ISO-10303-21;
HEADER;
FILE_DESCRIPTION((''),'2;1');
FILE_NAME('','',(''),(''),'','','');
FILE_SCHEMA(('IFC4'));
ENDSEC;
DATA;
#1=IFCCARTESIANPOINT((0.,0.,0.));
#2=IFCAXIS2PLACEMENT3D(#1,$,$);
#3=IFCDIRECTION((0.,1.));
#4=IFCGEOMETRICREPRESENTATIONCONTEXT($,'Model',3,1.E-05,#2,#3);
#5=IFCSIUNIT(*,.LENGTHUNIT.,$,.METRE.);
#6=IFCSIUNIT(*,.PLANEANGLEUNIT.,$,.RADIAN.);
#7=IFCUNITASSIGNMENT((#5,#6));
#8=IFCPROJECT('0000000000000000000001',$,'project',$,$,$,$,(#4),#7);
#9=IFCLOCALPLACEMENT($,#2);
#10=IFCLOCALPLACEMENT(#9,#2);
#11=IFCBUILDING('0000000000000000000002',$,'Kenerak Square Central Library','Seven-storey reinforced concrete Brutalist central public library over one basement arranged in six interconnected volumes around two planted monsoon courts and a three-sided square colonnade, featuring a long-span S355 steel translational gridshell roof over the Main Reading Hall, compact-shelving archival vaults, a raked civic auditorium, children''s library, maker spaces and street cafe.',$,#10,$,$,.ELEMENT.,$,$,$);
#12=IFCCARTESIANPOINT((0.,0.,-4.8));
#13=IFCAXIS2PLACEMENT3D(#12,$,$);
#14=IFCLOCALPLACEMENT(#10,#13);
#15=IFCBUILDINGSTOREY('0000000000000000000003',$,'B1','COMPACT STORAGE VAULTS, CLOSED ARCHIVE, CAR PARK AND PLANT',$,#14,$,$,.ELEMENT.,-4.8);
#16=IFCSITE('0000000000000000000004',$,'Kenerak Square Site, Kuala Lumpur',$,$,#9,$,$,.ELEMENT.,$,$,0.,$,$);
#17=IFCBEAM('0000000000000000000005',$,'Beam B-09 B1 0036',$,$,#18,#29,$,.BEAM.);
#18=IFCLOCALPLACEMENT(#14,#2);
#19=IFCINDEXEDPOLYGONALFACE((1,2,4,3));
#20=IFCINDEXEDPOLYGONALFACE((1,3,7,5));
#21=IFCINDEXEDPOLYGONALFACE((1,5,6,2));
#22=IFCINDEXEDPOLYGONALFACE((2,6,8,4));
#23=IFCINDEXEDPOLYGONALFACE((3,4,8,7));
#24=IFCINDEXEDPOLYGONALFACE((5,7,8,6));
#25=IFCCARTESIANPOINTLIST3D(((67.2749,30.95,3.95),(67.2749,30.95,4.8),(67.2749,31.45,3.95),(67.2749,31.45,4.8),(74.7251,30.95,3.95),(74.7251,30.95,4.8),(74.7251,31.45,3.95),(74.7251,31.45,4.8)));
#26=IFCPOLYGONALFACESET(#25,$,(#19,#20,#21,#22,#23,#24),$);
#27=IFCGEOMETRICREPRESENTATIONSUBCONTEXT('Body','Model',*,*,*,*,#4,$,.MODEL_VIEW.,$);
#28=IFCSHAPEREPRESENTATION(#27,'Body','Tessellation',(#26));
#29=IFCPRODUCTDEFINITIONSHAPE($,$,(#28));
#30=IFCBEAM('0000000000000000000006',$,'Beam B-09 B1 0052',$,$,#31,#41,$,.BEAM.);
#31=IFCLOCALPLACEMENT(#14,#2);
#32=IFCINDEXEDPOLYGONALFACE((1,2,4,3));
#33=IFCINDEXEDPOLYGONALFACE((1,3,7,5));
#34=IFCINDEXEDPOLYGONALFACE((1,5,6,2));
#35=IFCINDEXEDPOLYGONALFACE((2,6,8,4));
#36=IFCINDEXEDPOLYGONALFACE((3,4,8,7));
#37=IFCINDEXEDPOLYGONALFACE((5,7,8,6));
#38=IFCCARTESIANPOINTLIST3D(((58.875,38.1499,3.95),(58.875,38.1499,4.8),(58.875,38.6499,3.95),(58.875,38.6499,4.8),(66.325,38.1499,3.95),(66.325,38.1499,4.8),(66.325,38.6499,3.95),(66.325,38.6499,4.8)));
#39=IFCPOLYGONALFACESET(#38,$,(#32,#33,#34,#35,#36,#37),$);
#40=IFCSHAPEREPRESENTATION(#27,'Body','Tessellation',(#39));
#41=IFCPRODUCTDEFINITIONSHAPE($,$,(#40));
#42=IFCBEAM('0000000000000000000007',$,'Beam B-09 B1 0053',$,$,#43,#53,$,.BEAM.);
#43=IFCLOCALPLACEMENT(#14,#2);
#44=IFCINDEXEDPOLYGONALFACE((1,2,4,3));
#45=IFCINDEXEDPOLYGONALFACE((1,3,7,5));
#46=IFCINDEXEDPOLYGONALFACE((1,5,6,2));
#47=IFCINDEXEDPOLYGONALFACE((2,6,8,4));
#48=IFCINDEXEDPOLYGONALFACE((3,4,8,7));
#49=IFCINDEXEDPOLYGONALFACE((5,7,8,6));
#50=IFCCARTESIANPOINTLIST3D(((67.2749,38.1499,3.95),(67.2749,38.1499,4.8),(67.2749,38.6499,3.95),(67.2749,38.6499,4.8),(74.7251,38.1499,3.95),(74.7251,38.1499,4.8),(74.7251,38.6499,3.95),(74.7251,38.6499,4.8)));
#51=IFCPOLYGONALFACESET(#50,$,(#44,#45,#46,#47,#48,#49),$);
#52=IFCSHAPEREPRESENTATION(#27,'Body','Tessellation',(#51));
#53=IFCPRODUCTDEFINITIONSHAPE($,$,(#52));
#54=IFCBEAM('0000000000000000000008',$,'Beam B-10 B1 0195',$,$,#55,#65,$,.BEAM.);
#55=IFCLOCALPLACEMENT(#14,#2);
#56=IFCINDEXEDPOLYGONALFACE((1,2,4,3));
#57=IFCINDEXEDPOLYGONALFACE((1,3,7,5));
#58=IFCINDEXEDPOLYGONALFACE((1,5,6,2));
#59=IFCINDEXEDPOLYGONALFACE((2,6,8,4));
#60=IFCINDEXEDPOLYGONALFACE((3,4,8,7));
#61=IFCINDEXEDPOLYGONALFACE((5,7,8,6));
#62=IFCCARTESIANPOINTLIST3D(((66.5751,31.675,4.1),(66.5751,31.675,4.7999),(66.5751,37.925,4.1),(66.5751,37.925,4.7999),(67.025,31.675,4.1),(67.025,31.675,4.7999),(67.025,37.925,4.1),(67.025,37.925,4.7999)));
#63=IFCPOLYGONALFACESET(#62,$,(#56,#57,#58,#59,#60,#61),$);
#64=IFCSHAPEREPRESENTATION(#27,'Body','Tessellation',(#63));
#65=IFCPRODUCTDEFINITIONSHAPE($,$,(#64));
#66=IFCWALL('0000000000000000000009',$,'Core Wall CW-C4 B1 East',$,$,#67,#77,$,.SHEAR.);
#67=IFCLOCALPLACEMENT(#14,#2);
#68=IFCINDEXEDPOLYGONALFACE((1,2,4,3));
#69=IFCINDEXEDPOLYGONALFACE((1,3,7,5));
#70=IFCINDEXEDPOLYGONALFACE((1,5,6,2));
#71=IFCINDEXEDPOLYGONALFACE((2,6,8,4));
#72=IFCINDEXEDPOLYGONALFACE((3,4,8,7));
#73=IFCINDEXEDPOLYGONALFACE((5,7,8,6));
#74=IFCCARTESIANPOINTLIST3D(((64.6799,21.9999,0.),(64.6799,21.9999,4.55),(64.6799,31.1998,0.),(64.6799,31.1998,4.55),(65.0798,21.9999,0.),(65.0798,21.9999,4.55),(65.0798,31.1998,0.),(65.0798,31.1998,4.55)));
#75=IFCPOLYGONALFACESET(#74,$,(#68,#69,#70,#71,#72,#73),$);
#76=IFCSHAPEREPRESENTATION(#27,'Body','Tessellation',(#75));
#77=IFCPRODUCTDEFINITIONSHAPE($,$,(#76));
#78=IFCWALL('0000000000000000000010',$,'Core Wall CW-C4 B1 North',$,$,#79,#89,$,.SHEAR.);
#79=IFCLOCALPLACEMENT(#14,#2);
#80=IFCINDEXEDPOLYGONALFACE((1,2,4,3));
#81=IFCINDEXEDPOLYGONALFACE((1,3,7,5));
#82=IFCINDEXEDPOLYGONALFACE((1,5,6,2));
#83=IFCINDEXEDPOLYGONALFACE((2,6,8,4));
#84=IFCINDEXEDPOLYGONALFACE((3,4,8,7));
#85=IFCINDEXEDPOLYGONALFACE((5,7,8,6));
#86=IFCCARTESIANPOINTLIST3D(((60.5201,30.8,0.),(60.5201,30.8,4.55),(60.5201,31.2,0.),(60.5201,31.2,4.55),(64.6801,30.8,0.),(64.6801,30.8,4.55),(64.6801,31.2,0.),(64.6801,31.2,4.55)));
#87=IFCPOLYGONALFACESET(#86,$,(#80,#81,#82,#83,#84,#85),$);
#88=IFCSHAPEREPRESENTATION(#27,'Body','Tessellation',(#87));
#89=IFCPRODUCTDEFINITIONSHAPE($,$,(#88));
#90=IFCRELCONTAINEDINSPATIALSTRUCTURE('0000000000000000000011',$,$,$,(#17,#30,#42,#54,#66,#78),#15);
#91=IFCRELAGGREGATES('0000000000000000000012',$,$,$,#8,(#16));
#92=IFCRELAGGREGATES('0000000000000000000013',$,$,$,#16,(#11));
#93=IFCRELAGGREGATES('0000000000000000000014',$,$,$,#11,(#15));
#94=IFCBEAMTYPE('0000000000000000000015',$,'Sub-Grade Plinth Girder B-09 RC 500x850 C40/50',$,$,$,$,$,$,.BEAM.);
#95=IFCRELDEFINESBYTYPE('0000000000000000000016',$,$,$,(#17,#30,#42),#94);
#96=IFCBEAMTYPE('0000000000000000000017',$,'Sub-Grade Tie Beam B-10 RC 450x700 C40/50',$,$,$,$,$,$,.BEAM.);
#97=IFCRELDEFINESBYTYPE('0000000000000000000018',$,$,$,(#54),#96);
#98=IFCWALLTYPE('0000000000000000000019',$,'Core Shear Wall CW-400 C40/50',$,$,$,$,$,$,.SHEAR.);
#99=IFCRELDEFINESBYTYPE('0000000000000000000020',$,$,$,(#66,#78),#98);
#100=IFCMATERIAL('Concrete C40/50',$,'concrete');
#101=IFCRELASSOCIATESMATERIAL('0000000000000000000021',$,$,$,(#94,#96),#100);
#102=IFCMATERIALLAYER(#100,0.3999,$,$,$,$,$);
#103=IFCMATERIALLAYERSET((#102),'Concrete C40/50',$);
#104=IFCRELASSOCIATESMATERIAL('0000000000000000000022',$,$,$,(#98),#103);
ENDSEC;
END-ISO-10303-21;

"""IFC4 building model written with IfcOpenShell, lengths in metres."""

from ifc_helpers import new_model, si_unit, direction, frame, frame_2d, origin, origin_2d, place, context, subcontext, project, spatial, rectangle, extrude, material, layer, layer_set, material_profile, profile_set, type_object, element, save


model = new_model("IFC4")

# Units and contexts
model_context = context("Model", 3, precision=1e-05, world=origin(), true_north=direction((0.0, 1.0)))
body_context = subcontext(model_context, "Body", "Model", "MODEL_VIEW")
ifc_project = project(units=[si_unit("LENGTHUNIT", "METRE"), si_unit("PLANEANGLEUNIT", "RADIAN")], contexts=[model_context])

# Site, building, storey
site_placement = place(None, origin())
site = spatial("IfcSite", under=ifc_project, at=site_placement, Name="Kenerak Square Site, Kuala Lumpur", CompositionType="ELEMENT", RefElevation=0.0)
building_placement = place(site_placement, origin())
building = spatial("IfcBuilding", under=site, at=building_placement, Name="Kenerak Square Central Library", Description="Seven-storey reinforced concrete Brutalist central public library over one basement arranged in six interconnected volumes around two planted monsoon courts and a three-sided square colonnade, featuring a long-span S355 steel translational gridshell roof over the Main Reading Hall, compact-shelving archival vaults, a raked civic auditorium, children's library, maker spaces and street cafe.", CompositionType="ELEMENT")
storey_placement = place(building_placement, frame((0.0, 0.0, -4.8)))
storey = spatial("IfcBuildingStorey", under=building, at=storey_placement, Name="B1", Description="COMPACT STORAGE VAULTS, CLOSED ARCHIVE, CAR PARK AND PLANT", CompositionType="ELEMENT", Elevation=-4.8)

# Shared definitions
ifc_material_1 = material(Name="Concrete C40/50", Category="concrete")

# Beams
ifc_material_profile_1 = material_profile(ifc_material_1, rectangle(XDim=0.5, YDim=0.8501, at=origin_2d()), Name="RC 500x850")
ifc_profile_set_1 = profile_set([ifc_material_profile_1], Name="Concrete C40/50")
beam_type_1 = type_object("IfcBeamType", Name="Sub-Grade Plinth Girder B-09 RC 500x850 C40/50", PredefinedType="BEAM", material=ifc_profile_set_1)
beam_1_placement = place(storey_placement, frame((67.2749, 31.2, 4.375), z_axis=(1.0, 0.0, 0.0), x_axis=(0.0, 1.0, 0.0)))
element("IfcBeam", 1, at=beam_1_placement, inside=storey, type_object=beam_type_1, Name="Beam B-09 B1 0036", PredefinedType="BEAM", context=body_context, shape_type="SweptSolid", body=[
    extrude(rectangle(XDim=0.5, YDim=0.8501, at=origin_2d()), origin(), (0.0, 0.0, 1.0), 7.4502),
])
beam_2_placement = place(storey_placement, frame((58.875, 38.3999, 4.375), z_axis=(1.0, 0.0, 0.0), x_axis=(0.0, 1.0, 0.0)))
element("IfcBeam", 2, at=beam_2_placement, inside=storey, type_object=beam_type_1, Name="Beam B-09 B1 0052", PredefinedType="BEAM", context=body_context, shape_type="SweptSolid", body=[
    extrude(rectangle(XDim=0.5, YDim=0.8501, at=origin_2d()), origin(), (0.0, 0.0, 1.0), 7.45),
])
beam_3_placement = place(storey_placement, frame((67.2749, 38.3999, 4.375), z_axis=(1.0, 0.0, 0.0), x_axis=(0.0, 1.0, 0.0)))
element("IfcBeam", 3, at=beam_3_placement, inside=storey, type_object=beam_type_1, Name="Beam B-09 B1 0053", PredefinedType="BEAM", context=body_context, shape_type="SweptSolid", body=[
    extrude(rectangle(XDim=0.5, YDim=0.8501, at=origin_2d()), origin(), (0.0, 0.0, 1.0), 7.4502),
])
ifc_material_profile_2 = material_profile(ifc_material_1, rectangle(XDim=0.45, YDim=0.7, at=origin_2d()), Name="RC 450x700")
ifc_profile_set_2 = profile_set([ifc_material_profile_2], Name="Concrete C40/50")
beam_type_2 = type_object("IfcBeamType", Name="Sub-Grade Tie Beam B-10 RC 450x700 C40/50", PredefinedType="BEAM", material=ifc_profile_set_2)
beam_4_placement = place(storey_placement, frame((66.8, 31.675, 4.45), z_axis=(0.0, 1.0, 0.0), x_axis=(-1.0, 0.0, 0.0)))
element("IfcBeam", 4, at=beam_4_placement, inside=storey, type_object=beam_type_2, Name="Beam B-10 B1 0195", PredefinedType="BEAM", context=body_context, shape_type="SweptSolid", body=[
    extrude(rectangle(XDim=0.45, YDim=0.7, at=origin_2d()), origin(), (0.0, 0.0, 1.0), 6.25),
])

# Walls
ifc_layer = layer(ifc_material_1, 0.3999)
ifc_layer_set = layer_set([ifc_layer], Name="Concrete C40/50")
wall_type = type_object("IfcWallType", Name="Core Shear Wall CW-400 C40/50", PredefinedType="SHEAR", material=ifc_layer_set)
wall_1_placement = place(storey_placement, frame((64.8799, 31.2, 0.0), z_axis=(0.0, 0.0, 1.0), x_axis=(0.0, -1.0, 0.0)))
element("IfcWall", 5, at=wall_1_placement, inside=storey, type_object=wall_type, Name="Core Wall CW-C4 B1 East", PredefinedType="SHEAR", context=body_context, shape_type="SweptSolid", body=[
    extrude(rectangle(XDim=9.2, YDim=0.3999, at=frame_2d((4.6001, 0.0))), origin(), (0.0, 0.0, 1.0), 4.55),
])
wall_2_placement = place(storey_placement, frame((60.52, 31.0, 0.0), z_axis=(0.0, 0.0, 1.0), x_axis=(1.0, 0.0, 0.0)))
element("IfcWall", 6, at=wall_2_placement, inside=storey, type_object=wall_type, Name="Core Wall CW-C4 B1 North", PredefinedType="SHEAR", context=body_context, shape_type="SweptSolid", body=[
    extrude(rectangle(XDim=4.1599, YDim=0.3999, at=frame_2d((2.0801, 0.0))), origin(), (0.0, 0.0, 1.0), 4.55),
])

save(model, "model.ifc")
